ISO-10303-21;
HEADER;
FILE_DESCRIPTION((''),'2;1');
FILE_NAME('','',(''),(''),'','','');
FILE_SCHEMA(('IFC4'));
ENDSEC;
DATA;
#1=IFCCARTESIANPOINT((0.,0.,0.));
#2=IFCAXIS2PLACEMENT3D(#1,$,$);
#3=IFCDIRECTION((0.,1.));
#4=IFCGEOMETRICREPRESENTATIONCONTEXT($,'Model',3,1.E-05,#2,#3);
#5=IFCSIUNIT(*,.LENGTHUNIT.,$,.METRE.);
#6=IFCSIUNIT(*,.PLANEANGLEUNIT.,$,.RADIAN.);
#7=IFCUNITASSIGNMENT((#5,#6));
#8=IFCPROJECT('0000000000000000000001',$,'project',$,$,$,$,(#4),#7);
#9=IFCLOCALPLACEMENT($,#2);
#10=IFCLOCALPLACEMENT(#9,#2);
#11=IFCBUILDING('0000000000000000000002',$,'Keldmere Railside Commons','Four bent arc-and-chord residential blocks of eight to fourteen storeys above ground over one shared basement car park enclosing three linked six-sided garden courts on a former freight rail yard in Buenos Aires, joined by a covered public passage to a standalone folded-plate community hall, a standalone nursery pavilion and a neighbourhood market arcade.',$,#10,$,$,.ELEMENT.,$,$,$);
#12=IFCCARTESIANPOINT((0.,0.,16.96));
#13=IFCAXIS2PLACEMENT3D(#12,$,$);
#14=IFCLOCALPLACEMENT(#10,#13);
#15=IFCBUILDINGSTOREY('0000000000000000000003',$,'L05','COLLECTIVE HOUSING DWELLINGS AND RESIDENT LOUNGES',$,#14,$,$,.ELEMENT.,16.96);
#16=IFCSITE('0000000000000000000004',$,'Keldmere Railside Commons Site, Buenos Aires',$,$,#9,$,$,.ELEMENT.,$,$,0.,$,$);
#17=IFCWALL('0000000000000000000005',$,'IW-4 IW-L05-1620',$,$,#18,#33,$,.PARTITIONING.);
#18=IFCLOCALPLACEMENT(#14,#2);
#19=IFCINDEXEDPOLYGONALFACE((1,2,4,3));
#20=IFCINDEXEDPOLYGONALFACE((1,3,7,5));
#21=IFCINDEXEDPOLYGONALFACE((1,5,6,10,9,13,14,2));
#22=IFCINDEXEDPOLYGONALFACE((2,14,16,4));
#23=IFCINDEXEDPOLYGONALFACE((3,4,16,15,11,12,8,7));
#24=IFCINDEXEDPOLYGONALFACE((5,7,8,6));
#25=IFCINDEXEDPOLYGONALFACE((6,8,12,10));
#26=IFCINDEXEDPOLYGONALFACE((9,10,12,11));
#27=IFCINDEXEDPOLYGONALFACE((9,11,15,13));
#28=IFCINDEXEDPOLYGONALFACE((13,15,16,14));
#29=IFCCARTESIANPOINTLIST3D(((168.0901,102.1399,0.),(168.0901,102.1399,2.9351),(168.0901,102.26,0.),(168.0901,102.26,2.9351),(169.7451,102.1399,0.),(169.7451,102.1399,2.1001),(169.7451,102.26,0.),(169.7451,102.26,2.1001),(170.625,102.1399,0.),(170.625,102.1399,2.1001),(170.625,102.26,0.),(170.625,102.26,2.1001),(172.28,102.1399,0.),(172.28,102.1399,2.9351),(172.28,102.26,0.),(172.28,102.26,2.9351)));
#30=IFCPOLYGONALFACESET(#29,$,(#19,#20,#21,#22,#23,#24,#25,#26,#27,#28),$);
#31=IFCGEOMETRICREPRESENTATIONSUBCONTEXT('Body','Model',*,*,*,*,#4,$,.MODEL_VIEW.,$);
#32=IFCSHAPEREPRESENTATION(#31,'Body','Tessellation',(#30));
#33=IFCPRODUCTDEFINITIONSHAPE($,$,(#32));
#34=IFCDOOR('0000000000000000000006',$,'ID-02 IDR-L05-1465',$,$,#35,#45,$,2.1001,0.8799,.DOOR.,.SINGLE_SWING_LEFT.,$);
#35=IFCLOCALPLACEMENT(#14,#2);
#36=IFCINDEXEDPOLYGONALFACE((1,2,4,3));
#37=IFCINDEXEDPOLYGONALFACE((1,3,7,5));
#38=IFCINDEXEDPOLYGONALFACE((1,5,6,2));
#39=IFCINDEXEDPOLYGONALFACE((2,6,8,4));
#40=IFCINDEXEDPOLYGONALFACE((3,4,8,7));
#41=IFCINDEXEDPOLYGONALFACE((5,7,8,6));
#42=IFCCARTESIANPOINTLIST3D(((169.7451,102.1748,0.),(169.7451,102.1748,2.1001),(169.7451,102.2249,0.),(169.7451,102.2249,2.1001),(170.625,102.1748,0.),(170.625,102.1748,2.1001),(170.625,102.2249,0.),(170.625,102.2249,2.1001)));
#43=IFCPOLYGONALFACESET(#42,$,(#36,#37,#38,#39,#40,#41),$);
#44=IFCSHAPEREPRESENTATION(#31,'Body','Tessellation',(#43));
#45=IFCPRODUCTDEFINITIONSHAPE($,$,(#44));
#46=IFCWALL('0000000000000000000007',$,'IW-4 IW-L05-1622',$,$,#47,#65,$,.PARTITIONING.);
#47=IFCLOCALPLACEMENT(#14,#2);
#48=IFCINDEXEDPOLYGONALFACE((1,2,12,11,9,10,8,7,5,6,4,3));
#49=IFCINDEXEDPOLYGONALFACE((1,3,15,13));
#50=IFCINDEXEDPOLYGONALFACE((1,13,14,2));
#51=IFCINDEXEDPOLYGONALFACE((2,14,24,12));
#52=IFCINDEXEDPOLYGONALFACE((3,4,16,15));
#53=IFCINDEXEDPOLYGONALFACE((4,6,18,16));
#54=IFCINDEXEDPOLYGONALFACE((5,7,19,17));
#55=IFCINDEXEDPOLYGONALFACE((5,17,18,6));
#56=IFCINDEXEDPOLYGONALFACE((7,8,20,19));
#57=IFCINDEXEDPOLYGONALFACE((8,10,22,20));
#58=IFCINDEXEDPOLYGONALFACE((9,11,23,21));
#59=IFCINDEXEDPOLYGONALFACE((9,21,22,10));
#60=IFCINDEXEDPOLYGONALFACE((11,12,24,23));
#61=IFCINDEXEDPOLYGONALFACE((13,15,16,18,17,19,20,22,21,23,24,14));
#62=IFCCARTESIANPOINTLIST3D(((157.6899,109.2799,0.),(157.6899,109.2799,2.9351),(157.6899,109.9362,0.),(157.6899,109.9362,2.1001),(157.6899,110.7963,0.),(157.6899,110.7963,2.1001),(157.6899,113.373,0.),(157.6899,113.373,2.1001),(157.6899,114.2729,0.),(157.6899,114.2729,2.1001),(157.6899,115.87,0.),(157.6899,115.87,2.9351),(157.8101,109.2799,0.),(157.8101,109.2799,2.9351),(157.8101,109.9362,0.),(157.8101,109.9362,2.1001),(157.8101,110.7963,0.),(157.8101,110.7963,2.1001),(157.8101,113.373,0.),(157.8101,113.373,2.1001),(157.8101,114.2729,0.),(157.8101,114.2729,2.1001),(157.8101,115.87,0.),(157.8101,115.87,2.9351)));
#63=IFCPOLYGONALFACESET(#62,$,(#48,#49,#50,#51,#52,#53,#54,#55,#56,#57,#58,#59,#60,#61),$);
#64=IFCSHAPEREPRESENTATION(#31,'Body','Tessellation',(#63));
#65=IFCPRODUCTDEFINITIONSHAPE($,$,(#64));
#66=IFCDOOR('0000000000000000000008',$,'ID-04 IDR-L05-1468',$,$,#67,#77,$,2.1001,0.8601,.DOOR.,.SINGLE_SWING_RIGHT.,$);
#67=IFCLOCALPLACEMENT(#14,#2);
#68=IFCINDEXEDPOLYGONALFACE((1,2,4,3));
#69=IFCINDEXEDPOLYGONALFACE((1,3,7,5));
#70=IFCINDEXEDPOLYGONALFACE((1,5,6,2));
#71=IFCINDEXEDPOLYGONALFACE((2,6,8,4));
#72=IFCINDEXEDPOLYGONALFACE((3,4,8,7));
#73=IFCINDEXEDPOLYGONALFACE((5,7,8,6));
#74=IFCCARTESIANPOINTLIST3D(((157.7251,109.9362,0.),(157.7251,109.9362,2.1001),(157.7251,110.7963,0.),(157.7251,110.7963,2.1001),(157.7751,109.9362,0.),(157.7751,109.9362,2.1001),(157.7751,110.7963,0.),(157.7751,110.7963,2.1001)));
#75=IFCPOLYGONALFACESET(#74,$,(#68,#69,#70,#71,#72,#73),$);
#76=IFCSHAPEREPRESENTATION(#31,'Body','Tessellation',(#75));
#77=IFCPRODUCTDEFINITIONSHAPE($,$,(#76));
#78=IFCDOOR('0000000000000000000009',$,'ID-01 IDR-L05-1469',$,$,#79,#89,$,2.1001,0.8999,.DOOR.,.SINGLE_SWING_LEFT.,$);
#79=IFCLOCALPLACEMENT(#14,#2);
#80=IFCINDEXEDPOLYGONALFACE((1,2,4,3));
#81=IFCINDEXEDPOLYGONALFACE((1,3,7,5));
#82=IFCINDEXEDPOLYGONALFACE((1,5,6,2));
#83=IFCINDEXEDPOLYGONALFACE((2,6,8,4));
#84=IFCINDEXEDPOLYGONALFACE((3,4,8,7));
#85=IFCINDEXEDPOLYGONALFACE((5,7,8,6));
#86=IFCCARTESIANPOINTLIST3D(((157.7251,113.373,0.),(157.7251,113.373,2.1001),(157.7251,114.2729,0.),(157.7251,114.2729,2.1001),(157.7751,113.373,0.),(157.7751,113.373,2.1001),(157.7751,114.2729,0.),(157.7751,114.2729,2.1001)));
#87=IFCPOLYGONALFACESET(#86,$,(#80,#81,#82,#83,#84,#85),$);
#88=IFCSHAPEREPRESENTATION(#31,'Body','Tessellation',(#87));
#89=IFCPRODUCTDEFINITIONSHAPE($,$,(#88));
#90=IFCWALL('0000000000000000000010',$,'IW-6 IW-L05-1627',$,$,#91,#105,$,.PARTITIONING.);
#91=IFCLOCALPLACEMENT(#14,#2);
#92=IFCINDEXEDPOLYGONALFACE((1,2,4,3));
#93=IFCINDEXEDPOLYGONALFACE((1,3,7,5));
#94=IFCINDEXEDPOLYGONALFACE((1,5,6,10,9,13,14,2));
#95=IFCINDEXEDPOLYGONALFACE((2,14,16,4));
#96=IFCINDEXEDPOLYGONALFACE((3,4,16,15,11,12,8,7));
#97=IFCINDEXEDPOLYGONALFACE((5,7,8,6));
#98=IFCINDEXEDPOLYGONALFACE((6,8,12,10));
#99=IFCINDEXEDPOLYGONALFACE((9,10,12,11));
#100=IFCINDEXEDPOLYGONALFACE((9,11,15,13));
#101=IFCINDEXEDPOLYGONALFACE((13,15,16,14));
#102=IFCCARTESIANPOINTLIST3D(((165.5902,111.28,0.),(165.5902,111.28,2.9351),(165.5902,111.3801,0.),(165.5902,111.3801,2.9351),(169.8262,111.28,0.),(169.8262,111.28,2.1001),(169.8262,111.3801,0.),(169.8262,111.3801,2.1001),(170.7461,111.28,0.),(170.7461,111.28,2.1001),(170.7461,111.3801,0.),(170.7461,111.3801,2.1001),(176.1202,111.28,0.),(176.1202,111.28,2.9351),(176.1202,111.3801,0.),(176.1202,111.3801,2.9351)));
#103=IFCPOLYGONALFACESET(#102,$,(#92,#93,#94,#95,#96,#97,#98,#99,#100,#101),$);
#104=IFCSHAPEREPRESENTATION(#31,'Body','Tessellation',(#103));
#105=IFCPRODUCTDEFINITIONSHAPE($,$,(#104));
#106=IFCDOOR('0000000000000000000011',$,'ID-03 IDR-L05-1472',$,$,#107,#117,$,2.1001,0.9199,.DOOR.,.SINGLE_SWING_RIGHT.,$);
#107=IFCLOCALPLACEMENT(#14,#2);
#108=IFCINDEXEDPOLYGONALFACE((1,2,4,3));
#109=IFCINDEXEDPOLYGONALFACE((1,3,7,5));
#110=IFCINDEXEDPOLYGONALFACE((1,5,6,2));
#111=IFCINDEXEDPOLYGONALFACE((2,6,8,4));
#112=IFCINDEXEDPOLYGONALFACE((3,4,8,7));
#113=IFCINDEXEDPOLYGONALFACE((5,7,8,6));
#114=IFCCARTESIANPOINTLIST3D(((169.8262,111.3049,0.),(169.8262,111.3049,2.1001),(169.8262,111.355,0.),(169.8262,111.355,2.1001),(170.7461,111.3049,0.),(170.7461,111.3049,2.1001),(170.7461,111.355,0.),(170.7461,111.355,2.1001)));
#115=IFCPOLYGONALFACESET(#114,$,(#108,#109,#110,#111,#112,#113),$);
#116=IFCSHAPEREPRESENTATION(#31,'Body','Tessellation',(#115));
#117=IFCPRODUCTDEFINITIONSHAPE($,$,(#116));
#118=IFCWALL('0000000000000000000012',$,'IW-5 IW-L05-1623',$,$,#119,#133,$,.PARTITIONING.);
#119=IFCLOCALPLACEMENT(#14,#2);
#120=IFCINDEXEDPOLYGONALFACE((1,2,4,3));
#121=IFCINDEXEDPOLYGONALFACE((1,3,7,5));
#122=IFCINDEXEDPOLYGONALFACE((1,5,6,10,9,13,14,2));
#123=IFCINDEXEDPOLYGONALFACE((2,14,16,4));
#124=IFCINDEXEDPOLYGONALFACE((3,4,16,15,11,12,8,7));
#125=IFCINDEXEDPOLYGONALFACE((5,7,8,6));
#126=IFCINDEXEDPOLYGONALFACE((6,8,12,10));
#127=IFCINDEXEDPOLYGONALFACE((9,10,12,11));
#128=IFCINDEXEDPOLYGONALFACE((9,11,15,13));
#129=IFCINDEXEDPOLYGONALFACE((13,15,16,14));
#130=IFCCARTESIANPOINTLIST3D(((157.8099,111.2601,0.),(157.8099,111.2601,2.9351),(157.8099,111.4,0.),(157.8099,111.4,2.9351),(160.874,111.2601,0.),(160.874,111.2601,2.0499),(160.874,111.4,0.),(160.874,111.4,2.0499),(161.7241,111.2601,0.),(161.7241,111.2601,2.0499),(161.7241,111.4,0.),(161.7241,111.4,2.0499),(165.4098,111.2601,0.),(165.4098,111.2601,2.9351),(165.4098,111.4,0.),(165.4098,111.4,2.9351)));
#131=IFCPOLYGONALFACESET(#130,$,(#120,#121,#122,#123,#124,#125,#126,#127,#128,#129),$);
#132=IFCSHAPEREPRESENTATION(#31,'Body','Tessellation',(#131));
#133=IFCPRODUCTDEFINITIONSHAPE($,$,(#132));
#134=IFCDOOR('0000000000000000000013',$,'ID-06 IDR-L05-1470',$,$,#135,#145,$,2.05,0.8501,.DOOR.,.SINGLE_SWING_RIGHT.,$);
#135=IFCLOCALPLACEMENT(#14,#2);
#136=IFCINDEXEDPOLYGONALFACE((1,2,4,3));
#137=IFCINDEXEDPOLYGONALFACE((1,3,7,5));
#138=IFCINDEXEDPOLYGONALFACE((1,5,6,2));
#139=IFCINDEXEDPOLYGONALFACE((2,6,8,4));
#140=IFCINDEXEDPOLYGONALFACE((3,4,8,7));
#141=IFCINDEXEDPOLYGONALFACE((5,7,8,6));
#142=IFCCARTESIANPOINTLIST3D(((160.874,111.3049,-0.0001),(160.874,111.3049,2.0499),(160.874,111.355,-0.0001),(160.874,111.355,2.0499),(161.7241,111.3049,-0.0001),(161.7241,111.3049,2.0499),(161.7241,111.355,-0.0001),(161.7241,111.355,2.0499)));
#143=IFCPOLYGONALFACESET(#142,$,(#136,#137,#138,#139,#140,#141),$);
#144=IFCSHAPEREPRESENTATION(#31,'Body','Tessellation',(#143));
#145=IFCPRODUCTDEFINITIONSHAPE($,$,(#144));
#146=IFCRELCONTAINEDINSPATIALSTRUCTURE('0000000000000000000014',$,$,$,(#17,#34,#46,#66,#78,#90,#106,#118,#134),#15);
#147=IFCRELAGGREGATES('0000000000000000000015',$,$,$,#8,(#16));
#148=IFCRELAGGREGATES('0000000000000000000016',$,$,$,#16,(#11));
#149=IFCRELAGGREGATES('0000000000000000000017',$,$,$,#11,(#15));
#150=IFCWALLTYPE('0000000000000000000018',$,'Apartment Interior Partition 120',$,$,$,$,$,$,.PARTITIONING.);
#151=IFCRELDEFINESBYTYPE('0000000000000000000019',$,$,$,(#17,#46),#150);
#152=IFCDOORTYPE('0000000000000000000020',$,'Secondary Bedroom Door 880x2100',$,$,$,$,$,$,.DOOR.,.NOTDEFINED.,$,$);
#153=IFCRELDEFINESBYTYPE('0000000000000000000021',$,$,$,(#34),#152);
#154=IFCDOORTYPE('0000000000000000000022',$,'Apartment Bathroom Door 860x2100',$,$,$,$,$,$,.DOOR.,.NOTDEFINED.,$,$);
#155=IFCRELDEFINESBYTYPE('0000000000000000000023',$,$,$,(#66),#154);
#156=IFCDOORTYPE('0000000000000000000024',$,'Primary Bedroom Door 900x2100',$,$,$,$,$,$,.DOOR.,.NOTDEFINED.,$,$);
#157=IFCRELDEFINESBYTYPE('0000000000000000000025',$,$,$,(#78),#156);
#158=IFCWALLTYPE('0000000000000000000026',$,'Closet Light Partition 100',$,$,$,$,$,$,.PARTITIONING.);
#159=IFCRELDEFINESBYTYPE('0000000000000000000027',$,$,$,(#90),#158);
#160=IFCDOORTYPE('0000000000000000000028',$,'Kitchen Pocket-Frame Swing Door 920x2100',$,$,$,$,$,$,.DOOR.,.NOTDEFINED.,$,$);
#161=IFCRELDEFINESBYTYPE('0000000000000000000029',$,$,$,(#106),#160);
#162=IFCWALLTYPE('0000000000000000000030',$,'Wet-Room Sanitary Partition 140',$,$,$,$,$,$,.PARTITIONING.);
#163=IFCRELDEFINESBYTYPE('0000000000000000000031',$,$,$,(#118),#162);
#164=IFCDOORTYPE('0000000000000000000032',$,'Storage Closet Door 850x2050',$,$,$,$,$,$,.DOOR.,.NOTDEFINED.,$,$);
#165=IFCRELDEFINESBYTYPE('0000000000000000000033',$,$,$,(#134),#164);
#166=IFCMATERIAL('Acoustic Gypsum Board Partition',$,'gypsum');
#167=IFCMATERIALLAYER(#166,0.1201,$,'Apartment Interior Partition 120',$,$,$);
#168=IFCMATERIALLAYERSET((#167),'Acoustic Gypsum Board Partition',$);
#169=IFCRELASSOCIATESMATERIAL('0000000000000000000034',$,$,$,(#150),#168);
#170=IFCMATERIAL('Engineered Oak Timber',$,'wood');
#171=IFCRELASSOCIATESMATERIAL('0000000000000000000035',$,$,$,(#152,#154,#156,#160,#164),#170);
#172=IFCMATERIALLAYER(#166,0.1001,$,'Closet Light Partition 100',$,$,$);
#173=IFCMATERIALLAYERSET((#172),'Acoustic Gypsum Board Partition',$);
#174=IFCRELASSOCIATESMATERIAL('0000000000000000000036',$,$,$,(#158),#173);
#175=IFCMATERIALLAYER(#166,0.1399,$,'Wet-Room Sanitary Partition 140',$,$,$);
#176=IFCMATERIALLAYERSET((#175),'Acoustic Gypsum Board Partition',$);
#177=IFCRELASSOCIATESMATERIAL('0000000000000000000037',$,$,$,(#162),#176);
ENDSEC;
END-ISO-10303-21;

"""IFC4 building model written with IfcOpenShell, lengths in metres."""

from ifc_helpers import new_model, si_unit, direction, frame, frame_2d, origin, place, context, subcontext, project, spatial, rectangle, extrude, material, layer, layer_set, type_object, element, fill, save


model = new_model("IFC4")

# Units and contexts
model_context = context("Model", 3, precision=1e-05, world=origin(), true_north=direction((0.0, 1.0)))
body_context = subcontext(model_context, "Body", "Model", "MODEL_VIEW")
ifc_project = project(units=[si_unit("LENGTHUNIT", "METRE"), si_unit("PLANEANGLEUNIT", "RADIAN")], contexts=[model_context])

# Site, building, storey
site_placement = place(None, origin())
site = spatial("IfcSite", under=ifc_project, at=site_placement, Name="Keldmere Railside Commons Site, Buenos Aires", CompositionType="ELEMENT", RefElevation=0.0)
building_placement = place(site_placement, origin())
building = spatial("IfcBuilding", under=site, at=building_placement, Name="Keldmere Railside Commons", Description="Four bent arc-and-chord residential blocks of eight to fourteen storeys above ground over one shared basement car park enclosing three linked six-sided garden courts on a former freight rail yard in Buenos Aires, joined by a covered public passage to a standalone folded-plate community hall, a standalone nursery pavilion and a neighbourhood market arcade.", CompositionType="ELEMENT")
storey_placement = place(building_placement, frame((0.0, 0.0, 16.96)))
storey = spatial("IfcBuildingStorey", under=building, at=storey_placement, Name="L05", Description="COLLECTIVE HOUSING DWELLINGS AND RESIDENT LOUNGES", CompositionType="ELEMENT", Elevation=16.96)

# Shared definitions
ifc_material_1 = material(Name="Acoustic Gypsum Board Partition", Category="gypsum")

# Wall, opening, door
ifc_layer_1 = layer(ifc_material_1, 0.1201, Name="Apartment Interior Partition 120")
ifc_layer_set_1 = layer_set([ifc_layer_1], Name="Acoustic Gypsum Board Partition")
wall_type_1 = type_object("IfcWallType", Name="Apartment Interior Partition 120", PredefinedType="PARTITIONING", material=ifc_layer_set_1)
wall_1_placement = place(storey_placement, frame((168.0901, 102.2, 0.0), z_axis=(0.0, 0.0, 1.0), x_axis=(1.0, 0.0, 0.0)))
wall_1 = element("IfcWall", 1, at=wall_1_placement, inside=storey, type_object=wall_type_1, Name="IW-4 IW-L05-1620", PredefinedType="PARTITIONING", context=body_context, shape_type="SweptSolid", body=[
    extrude(rectangle(XDim=4.1899, YDim=0.1201, at=frame_2d((2.095, 0.0))), origin(), (0.0, 0.0, 1.0), 2.9351),
])
opening_1_placement = place(wall_1_placement, frame((1.655, 0.0, 0.0)))
opening_1 = element("IfcOpeningElement", 2, at=opening_1_placement, cuts=wall_1, PredefinedType="OPENING", context=body_context, shape_type="SweptSolid", body=[
    extrude(rectangle(XDim=0.8799, YDim=2.1001, at=frame_2d((0.4399, 1.05))), frame((0.0, 0.0701, 0.0), z_axis=(0.0, -1.0, 0.0), x_axis=(1.0, 0.0, 0.0)), (0.0, 0.0, 1.0), 0.1401),
])
ifc_material_2 = material(Name="Engineered Oak Timber", Category="wood")
door_type_1 = type_object("IfcDoorType", Name="Secondary Bedroom Door 880x2100", OperationType="NOTDEFINED", PredefinedType="DOOR", material=ifc_material_2)
door_1_placement = place(opening_1_placement, origin())
door_1 = element("IfcDoor", 3, at=door_1_placement, inside=storey, type_object=door_type_1, Name="ID-02 IDR-L05-1465", OperationType="SINGLE_SWING_LEFT", OverallHeight=2.1001, OverallWidth=0.8799, PredefinedType="DOOR", context=body_context, shape_type="SweptSolid", body=[
    extrude(rectangle(XDim=0.8799, YDim=2.1001, at=frame_2d((0.4399, 1.05))), frame((0.0, 0.0249, 0.0), z_axis=(0.0, -1.0, 0.0), x_axis=(1.0, 0.0, 0.0)), (0.0, 0.0, 1.0), 0.05),
])
fill(opening_1, door_1)

# Wall, openings, doors
wall_2_placement = place(storey_placement, frame((157.75, 109.28, 0.0), z_axis=(0.0, 0.0, 1.0), x_axis=(0.0, 1.0, 0.0)))
wall_2 = element("IfcWall", 4, at=wall_2_placement, inside=storey, type_object=wall_type_1, Name="IW-4 IW-L05-1622", PredefinedType="PARTITIONING", context=body_context, shape_type="SweptSolid", body=[
    extrude(rectangle(XDim=6.5901, YDim=0.1201, at=frame_2d((3.2949, 0.0))), origin(), (0.0, 0.0, 1.0), 2.9351),
])
opening_2_placement = place(wall_2_placement, frame((0.656, 0.0, 0.0)))
opening_2 = element("IfcOpeningElement", 5, at=opening_2_placement, cuts=wall_2, PredefinedType="OPENING", context=body_context, shape_type="SweptSolid", body=[
    extrude(rectangle(XDim=0.8601, YDim=2.1001, at=frame_2d((0.4302, 1.05))), frame((0.0, 0.0701, 0.0), z_axis=(0.0, -1.0, 0.0), x_axis=(1.0, 0.0, 0.0)), (0.0, 0.0, 1.0), 0.1401),
])
opening_3_placement = place(wall_2_placement, frame((4.093, 0.0, 0.0)))
opening_3 = element("IfcOpeningElement", 6, at=opening_3_placement, cuts=wall_2, PredefinedType="OPENING", context=body_context, shape_type="SweptSolid", body=[
    extrude(rectangle(XDim=0.8999, YDim=2.1001, at=frame_2d((0.45, 1.05))), frame((0.0, 0.0701, 0.0), z_axis=(0.0, -1.0, 0.0), x_axis=(1.0, 0.0, 0.0)), (0.0, 0.0, 1.0), 0.1401),
])
door_type_2 = type_object("IfcDoorType", Name="Apartment Bathroom Door 860x2100", OperationType="NOTDEFINED", PredefinedType="DOOR", material=ifc_material_2)
door_2_placement = place(opening_2_placement, origin())
door_2 = element("IfcDoor", 7, at=door_2_placement, inside=storey, type_object=door_type_2, Name="ID-04 IDR-L05-1468", OperationType="SINGLE_SWING_RIGHT", OverallHeight=2.1001, OverallWidth=0.8601, PredefinedType="DOOR", context=body_context, shape_type="SweptSolid", body=[
    extrude(rectangle(XDim=0.8601, YDim=2.1001, at=frame_2d((0.4302, 1.05))), frame((0.0, 0.0249, 0.0), z_axis=(0.0, -1.0, 0.0), x_axis=(1.0, 0.0, 0.0)), (0.0, 0.0, 1.0), 0.05),
])
fill(opening_2, door_2)
door_type_3 = type_object("IfcDoorType", Name="Primary Bedroom Door 900x2100", OperationType="NOTDEFINED", PredefinedType="DOOR", material=ifc_material_2)
door_3_placement = place(opening_3_placement, origin())
door_3 = element("IfcDoor", 8, at=door_3_placement, inside=storey, type_object=door_type_3, Name="ID-01 IDR-L05-1469", OperationType="SINGLE_SWING_LEFT", OverallHeight=2.1001, OverallWidth=0.8999, PredefinedType="DOOR", context=body_context, shape_type="SweptSolid", body=[
    extrude(rectangle(XDim=0.8999, YDim=2.1001, at=frame_2d((0.45, 1.05))), frame((0.0, 0.0249, 0.0), z_axis=(0.0, -1.0, 0.0), x_axis=(1.0, 0.0, 0.0)), (0.0, 0.0, 1.0), 0.05),
])
fill(opening_3, door_3)

# Walls, openings, doors
ifc_layer_2 = layer(ifc_material_1, 0.1001, Name="Closet Light Partition 100")
ifc_layer_set_2 = layer_set([ifc_layer_2], Name="Acoustic Gypsum Board Partition")
wall_type_2 = type_object("IfcWallType", Name="Closet Light Partition 100", PredefinedType="PARTITIONING", material=ifc_layer_set_2)
wall_3_placement = place(storey_placement, frame((165.5901, 111.3301, 0.0), z_axis=(0.0, 0.0, 1.0), x_axis=(1.0, 0.0, 0.0)))
wall_3 = element("IfcWall", 9, at=wall_3_placement, inside=storey, type_object=wall_type_2, Name="IW-6 IW-L05-1627", PredefinedType="PARTITIONING", context=body_context, shape_type="SweptSolid", body=[
    extrude(rectangle(XDim=10.53, YDim=0.1001, at=frame_2d((5.2651, 0.0))), origin(), (0.0, 0.0, 1.0), 2.9351),
])
opening_4_placement = place(wall_3_placement, frame((4.2361, 0.0, 0.0)))
opening_4 = element("IfcOpeningElement", 10, at=opening_4_placement, cuts=wall_3, PredefinedType="OPENING", context=body_context, shape_type="SweptSolid", body=[
    extrude(rectangle(XDim=0.9199, YDim=2.1001, at=frame_2d((0.46, 1.05))), frame((0.0, 0.0601, 0.0), z_axis=(0.0, -1.0, 0.0), x_axis=(1.0, 0.0, 0.0)), (0.0, 0.0, 1.0), 0.1201),
])
door_type_4 = type_object("IfcDoorType", Name="Kitchen Pocket-Frame Swing Door 920x2100", OperationType="NOTDEFINED", PredefinedType="DOOR", material=ifc_material_2)
door_4_placement = place(opening_4_placement, origin())
door_4 = element("IfcDoor", 11, at=door_4_placement, inside=storey, type_object=door_type_4, Name="ID-03 IDR-L05-1472", OperationType="SINGLE_SWING_RIGHT", OverallHeight=2.1001, OverallWidth=0.9199, PredefinedType="DOOR", context=body_context, shape_type="SweptSolid", body=[
    extrude(rectangle(XDim=0.9199, YDim=2.1001, at=frame_2d((0.46, 1.05))), frame((0.0, 0.0249, 0.0), z_axis=(0.0, -1.0, 0.0), x_axis=(1.0, 0.0, 0.0)), (0.0, 0.0, 1.0), 0.05),
])
fill(opening_4, door_4)
ifc_layer_3 = layer(ifc_material_1, 0.1399, Name="Wet-Room Sanitary Partition 140")
ifc_layer_set_3 = layer_set([ifc_layer_3], Name="Acoustic Gypsum Board Partition")
wall_type_3 = type_object("IfcWallType", Name="Wet-Room Sanitary Partition 140", PredefinedType="PARTITIONING", material=ifc_layer_set_3)
wall_4_placement = place(storey_placement, frame((157.8101, 111.3301, 0.0), z_axis=(0.0, 0.0, 1.0), x_axis=(1.0, 0.0, 0.0)))
wall_4 = element("IfcWall", 12, at=wall_4_placement, inside=storey, type_object=wall_type_3, Name="IW-5 IW-L05-1623", PredefinedType="PARTITIONING", context=body_context, shape_type="SweptSolid", body=[
    extrude(rectangle(XDim=7.5999, YDim=0.1399, at=frame_2d((3.7998, 0.0))), origin(), (0.0, 0.0, 1.0), 2.9351),
])
opening_5_placement = place(wall_4_placement, frame((3.064, 0.0, 0.0)))
opening_5 = element("IfcOpeningElement", 13, at=opening_5_placement, cuts=wall_4, PredefinedType="OPENING", context=body_context, shape_type="SweptSolid", body=[
    extrude(rectangle(XDim=0.8501, YDim=2.05, at=frame_2d((0.425, 1.0249))), frame((0.0, 0.0798, 0.0), z_axis=(0.0, -1.0, 0.0), x_axis=(1.0, 0.0, 0.0)), (0.0, 0.0, 1.0), 0.1599),
])
door_type_5 = type_object("IfcDoorType", Name="Storage Closet Door 850x2050", OperationType="NOTDEFINED", PredefinedType="DOOR", material=ifc_material_2)
door_5_placement = place(opening_5_placement, origin())
door_5 = element("IfcDoor", 14, at=door_5_placement, inside=storey, type_object=door_type_5, Name="ID-06 IDR-L05-1470", OperationType="SINGLE_SWING_RIGHT", OverallHeight=2.05, OverallWidth=0.8501, PredefinedType="DOOR", context=body_context, shape_type="SweptSolid", body=[
    extrude(rectangle(XDim=0.8501, YDim=2.05, at=frame_2d((0.425, 1.0249))), frame((0.0, 0.0249, 0.0), z_axis=(0.0, -1.0, 0.0), x_axis=(1.0, 0.0, 0.0)), (0.0, 0.0, 1.0), 0.05),
])
fill(opening_5, door_5)

save(model, "model.ifc")
